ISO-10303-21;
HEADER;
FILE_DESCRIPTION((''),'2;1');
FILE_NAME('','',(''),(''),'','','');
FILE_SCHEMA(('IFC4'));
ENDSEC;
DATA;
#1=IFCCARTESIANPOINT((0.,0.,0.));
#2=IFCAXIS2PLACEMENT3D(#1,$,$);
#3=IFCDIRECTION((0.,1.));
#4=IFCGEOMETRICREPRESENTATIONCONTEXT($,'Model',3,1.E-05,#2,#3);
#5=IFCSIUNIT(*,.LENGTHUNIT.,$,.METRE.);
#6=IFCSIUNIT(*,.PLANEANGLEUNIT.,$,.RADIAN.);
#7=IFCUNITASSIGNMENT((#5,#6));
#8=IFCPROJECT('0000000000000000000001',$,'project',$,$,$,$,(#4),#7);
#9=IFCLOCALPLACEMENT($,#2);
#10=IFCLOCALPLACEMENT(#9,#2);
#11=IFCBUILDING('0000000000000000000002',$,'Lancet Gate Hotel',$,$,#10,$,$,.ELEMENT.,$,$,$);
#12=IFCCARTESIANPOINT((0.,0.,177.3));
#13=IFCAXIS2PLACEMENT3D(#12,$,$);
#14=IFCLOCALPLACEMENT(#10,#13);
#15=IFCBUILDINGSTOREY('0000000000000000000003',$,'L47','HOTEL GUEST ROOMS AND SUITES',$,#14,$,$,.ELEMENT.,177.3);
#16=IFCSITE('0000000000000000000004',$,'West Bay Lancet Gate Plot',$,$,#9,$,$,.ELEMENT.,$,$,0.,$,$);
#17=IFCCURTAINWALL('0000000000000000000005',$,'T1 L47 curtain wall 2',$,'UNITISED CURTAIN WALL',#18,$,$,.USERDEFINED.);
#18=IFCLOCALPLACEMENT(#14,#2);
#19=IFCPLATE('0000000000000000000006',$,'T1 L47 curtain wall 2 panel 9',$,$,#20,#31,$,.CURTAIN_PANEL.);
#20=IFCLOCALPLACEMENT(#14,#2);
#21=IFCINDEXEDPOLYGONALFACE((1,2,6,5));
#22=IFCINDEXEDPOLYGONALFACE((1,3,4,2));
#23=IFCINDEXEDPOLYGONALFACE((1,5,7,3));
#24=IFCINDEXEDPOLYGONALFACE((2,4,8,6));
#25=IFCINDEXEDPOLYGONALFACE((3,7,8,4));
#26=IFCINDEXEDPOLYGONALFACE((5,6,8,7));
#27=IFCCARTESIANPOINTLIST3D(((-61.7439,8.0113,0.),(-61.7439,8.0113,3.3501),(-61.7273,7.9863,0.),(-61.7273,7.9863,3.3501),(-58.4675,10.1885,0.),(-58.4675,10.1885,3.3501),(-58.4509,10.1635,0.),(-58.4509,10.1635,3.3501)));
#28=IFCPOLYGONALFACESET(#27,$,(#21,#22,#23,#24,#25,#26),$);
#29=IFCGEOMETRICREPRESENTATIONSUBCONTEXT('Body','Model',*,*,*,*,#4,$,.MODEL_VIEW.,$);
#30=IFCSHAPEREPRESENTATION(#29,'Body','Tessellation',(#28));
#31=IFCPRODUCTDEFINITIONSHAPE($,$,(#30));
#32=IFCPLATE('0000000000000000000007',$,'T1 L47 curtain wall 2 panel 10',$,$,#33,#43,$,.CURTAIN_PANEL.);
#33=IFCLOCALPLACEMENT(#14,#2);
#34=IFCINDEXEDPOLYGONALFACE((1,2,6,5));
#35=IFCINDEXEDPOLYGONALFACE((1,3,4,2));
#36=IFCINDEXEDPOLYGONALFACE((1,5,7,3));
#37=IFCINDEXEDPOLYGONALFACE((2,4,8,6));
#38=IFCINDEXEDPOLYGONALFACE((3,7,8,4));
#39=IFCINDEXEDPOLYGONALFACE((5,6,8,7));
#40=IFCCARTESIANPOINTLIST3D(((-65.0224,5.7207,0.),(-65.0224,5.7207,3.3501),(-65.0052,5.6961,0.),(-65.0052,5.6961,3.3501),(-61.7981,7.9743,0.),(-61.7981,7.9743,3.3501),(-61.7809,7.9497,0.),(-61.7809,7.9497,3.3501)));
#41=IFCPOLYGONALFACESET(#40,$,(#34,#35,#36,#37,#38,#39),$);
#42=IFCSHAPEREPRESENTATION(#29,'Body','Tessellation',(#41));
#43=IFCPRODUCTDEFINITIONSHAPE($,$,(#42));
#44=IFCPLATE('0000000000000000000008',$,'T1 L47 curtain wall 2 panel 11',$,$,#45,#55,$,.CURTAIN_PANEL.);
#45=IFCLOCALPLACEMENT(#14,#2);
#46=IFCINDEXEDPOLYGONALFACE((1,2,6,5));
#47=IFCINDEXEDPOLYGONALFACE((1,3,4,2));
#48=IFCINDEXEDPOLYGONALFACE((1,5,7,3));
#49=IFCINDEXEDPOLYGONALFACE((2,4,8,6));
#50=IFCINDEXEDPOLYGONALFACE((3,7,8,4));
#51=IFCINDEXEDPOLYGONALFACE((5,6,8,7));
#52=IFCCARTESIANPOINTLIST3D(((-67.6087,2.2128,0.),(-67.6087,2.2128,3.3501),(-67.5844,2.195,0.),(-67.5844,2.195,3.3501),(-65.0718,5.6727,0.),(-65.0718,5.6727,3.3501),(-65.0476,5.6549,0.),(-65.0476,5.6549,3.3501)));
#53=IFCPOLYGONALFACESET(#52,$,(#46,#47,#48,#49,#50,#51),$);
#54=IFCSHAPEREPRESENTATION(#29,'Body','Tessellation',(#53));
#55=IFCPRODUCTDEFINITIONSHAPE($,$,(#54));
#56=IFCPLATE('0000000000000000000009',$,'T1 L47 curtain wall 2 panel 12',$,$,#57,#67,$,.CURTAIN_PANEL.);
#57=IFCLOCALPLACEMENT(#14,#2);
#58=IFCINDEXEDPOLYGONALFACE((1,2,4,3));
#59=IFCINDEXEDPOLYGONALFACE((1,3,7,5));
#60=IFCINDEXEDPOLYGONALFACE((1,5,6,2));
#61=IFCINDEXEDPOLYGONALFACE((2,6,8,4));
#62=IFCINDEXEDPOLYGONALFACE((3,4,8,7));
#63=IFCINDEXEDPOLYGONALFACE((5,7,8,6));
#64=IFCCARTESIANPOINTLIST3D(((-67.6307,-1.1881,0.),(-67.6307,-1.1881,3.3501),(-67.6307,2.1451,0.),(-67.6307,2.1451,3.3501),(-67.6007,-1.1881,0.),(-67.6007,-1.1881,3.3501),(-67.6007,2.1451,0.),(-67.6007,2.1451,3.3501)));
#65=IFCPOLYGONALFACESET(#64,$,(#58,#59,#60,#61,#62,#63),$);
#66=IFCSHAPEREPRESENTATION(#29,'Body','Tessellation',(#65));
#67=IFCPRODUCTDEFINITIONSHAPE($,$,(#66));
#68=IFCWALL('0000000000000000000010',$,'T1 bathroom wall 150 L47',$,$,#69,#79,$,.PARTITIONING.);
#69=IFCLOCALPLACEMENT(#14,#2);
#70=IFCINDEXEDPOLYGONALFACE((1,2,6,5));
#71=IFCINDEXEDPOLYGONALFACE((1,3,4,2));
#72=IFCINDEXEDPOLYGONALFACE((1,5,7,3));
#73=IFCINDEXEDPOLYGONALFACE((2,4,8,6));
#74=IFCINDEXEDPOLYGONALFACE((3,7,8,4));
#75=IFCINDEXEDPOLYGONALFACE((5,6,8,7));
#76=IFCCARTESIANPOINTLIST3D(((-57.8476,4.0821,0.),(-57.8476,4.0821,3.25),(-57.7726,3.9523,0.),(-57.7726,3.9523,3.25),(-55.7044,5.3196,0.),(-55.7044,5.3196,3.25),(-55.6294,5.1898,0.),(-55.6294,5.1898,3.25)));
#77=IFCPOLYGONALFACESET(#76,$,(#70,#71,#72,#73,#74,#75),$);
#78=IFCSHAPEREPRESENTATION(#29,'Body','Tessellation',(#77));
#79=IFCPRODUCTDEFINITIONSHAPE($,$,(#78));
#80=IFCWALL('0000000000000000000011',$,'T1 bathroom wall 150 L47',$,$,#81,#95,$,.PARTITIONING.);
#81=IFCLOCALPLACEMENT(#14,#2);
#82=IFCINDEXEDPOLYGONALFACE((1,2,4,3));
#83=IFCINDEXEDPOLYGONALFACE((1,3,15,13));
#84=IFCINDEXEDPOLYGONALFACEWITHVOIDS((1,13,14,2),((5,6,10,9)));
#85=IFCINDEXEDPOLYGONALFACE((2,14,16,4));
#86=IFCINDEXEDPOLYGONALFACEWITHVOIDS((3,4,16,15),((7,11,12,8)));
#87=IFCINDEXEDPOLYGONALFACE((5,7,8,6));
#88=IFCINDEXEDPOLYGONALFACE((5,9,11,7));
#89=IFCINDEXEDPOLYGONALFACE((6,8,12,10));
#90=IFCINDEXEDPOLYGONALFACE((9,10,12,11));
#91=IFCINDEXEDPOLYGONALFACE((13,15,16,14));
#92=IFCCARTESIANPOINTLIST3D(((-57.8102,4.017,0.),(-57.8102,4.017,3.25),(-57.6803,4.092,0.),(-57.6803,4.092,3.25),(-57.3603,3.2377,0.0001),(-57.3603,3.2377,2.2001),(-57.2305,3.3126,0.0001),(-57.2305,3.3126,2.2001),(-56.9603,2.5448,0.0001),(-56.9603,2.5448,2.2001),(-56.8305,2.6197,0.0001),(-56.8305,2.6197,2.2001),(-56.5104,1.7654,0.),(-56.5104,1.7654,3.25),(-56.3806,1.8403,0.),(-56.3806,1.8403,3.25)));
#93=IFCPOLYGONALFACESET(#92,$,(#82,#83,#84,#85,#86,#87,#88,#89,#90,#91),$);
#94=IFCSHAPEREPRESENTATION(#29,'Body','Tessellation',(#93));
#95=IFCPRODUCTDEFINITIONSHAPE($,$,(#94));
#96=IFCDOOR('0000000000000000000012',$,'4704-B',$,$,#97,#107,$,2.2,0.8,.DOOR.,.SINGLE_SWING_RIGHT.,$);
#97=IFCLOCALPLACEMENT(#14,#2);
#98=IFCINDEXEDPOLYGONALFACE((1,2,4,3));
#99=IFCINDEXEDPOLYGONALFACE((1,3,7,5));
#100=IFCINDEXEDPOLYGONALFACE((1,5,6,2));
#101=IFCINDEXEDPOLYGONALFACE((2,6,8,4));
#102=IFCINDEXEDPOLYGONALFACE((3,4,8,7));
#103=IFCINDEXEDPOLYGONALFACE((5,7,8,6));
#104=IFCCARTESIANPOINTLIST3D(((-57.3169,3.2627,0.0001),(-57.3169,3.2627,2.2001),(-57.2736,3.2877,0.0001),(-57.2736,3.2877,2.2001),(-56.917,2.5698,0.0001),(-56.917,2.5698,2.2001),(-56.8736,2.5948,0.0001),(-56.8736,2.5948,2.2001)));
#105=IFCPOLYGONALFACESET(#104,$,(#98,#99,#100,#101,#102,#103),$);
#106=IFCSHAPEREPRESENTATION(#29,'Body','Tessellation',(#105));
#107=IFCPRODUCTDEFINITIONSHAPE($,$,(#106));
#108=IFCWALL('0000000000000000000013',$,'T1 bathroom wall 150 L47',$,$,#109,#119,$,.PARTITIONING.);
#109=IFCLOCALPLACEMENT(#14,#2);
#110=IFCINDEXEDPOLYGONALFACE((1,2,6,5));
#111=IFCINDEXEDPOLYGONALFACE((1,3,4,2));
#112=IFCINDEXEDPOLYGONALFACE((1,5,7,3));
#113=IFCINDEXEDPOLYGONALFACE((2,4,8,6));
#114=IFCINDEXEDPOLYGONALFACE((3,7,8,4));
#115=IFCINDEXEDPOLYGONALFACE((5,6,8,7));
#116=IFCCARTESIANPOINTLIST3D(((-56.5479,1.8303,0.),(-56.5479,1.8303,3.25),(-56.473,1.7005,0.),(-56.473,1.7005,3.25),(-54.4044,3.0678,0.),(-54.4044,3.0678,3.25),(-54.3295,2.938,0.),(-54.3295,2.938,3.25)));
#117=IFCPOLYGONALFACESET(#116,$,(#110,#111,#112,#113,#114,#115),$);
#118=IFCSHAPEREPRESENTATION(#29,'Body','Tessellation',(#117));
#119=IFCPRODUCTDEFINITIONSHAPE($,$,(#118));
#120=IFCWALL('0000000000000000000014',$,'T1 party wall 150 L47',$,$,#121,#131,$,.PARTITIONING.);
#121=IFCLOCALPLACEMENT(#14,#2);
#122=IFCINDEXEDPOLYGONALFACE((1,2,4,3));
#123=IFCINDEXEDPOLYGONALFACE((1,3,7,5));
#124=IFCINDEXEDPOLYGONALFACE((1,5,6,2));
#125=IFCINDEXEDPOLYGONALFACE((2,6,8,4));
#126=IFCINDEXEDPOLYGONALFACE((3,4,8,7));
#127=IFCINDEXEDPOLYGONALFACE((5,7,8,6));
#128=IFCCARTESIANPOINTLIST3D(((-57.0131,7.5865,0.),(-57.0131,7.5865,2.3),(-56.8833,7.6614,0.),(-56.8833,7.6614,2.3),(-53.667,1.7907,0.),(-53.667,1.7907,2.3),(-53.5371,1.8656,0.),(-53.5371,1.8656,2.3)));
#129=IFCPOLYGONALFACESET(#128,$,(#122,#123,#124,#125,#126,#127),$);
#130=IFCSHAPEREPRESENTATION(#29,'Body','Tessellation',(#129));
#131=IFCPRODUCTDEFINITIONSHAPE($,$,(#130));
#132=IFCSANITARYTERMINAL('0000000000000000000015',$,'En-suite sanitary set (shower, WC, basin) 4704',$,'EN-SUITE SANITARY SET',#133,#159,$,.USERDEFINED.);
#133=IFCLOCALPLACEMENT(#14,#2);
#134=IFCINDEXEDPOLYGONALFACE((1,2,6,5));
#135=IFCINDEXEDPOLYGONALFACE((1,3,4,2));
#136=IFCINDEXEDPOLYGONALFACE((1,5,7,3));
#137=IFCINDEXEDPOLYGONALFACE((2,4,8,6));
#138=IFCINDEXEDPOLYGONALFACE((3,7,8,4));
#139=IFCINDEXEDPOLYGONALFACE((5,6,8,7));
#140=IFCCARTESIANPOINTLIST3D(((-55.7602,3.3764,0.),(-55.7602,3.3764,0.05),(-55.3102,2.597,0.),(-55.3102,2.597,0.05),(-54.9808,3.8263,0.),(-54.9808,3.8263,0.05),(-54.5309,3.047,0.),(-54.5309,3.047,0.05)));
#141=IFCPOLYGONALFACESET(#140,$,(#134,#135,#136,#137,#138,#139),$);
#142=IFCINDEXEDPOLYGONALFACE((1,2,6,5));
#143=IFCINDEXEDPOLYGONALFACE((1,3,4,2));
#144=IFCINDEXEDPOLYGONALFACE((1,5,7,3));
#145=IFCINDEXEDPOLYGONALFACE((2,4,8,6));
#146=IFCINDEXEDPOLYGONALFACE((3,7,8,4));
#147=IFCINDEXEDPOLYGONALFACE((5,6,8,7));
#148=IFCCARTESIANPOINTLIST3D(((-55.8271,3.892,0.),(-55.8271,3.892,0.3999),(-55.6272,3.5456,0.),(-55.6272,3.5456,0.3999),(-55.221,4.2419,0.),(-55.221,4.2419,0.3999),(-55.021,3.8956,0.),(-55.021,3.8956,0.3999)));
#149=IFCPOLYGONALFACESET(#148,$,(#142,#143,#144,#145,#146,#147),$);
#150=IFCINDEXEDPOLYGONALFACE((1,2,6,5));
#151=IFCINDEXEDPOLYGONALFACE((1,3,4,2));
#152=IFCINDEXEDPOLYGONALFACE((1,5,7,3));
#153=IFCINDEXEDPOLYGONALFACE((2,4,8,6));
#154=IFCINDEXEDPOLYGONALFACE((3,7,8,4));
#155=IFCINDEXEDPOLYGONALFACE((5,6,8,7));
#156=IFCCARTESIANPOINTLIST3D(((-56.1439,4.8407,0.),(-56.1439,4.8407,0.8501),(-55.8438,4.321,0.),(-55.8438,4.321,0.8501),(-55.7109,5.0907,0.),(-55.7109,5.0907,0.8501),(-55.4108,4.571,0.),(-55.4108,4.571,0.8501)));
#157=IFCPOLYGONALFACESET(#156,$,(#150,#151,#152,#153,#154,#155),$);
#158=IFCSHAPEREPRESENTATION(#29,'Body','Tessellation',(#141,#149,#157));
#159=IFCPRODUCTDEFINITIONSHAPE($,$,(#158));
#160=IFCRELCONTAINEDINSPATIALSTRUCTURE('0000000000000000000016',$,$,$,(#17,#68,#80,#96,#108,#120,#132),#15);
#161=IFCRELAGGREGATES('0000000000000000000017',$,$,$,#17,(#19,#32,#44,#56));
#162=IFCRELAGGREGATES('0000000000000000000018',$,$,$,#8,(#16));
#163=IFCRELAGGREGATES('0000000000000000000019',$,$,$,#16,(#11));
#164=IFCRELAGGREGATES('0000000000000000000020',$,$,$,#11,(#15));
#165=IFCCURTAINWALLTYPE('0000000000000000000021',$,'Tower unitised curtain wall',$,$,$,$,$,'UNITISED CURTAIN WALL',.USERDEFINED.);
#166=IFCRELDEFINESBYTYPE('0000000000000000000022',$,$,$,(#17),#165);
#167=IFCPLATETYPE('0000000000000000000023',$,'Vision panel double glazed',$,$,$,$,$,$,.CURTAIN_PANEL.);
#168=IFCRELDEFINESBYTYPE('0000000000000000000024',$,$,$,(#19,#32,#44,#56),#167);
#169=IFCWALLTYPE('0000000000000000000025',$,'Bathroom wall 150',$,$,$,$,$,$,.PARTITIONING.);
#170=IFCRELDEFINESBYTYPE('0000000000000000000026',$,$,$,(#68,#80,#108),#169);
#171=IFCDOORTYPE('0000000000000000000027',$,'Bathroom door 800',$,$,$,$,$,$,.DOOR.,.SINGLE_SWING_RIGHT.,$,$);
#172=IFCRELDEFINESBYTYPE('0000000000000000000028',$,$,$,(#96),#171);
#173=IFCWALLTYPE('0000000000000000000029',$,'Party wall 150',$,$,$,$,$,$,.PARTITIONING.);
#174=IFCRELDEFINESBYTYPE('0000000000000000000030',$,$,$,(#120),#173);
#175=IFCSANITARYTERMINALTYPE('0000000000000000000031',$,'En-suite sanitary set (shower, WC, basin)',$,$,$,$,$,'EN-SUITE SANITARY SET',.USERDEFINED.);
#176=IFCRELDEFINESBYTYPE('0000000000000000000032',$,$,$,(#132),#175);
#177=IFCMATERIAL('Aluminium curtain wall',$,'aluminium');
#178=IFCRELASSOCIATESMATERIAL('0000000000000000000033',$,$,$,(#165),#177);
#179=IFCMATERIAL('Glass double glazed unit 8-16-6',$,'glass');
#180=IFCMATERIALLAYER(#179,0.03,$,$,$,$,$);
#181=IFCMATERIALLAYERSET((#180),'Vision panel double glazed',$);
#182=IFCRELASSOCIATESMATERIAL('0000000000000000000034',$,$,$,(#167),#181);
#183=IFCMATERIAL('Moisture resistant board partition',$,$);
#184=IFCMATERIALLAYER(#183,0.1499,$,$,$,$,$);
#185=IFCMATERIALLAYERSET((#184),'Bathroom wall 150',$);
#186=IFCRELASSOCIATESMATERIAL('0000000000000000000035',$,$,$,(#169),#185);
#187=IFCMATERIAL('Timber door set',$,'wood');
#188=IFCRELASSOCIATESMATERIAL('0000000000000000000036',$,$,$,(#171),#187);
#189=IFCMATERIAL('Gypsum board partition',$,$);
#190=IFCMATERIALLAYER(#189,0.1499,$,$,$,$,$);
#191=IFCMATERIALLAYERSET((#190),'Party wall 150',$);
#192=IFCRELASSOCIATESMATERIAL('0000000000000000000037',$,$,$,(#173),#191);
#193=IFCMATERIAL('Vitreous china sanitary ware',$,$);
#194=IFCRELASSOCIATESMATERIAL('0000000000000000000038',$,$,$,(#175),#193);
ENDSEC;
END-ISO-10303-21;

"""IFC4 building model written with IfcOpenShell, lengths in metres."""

from ifc_helpers import new_model, si_unit, direction, frame, frame_2d, origin, origin_2d, place, context, subcontext, project, spatial, rectangle, extrude, material, layer, layer_set, type_object, element, fill, aggregate, save


model = new_model("IFC4")

# Units and contexts
model_context = context("Model", 3, precision=1e-05, world=origin(), true_north=direction((0.0, 1.0)))
body_context = subcontext(model_context, "Body", "Model", "MODEL_VIEW")
ifc_project = project(units=[si_unit("LENGTHUNIT", "METRE"), si_unit("PLANEANGLEUNIT", "RADIAN")], contexts=[model_context])

# Site, building, storey
site_placement = place(None, origin())
site = spatial("IfcSite", under=ifc_project, at=site_placement, Name="West Bay Lancet Gate Plot", CompositionType="ELEMENT", RefElevation=0.0)
building_placement = place(site_placement, origin())
building = spatial("IfcBuilding", under=site, at=building_placement, Name="Lancet Gate Hotel", CompositionType="ELEMENT")
storey_placement = place(building_placement, frame((0.0, 0.0, 177.3)))
storey = spatial("IfcBuildingStorey", under=building, at=storey_placement, Name="L47", Description="HOTEL GUEST ROOMS AND SUITES", CompositionType="ELEMENT", Elevation=177.3)

# Curtain wall
ifc_material_1 = material(Name="Aluminium curtain wall", Category="aluminium")
curtain_wall_type = type_object("IfcCurtainWallType", Name="Tower unitised curtain wall", ElementType="UNITISED CURTAIN WALL", PredefinedType="USERDEFINED", material=ifc_material_1)
curtain_wall_placement = place(storey_placement, origin())
curtain_wall = element("IfcCurtainWall", 1, at=curtain_wall_placement, inside=storey, type_object=curtain_wall_type, Name="T1 L47 curtain wall 2", ObjectType="UNITISED CURTAIN WALL", PredefinedType="USERDEFINED")

# Plates
ifc_material_2 = material(Name="Glass double glazed unit 8-16-6", Category="glass")
ifc_layer_1 = layer(ifc_material_2, 0.03)
ifc_layer_set_1 = layer_set([ifc_layer_1], Name="Vision panel double glazed")
plate_type = type_object("IfcPlateType", Name="Vision panel double glazed", PredefinedType="CURTAIN_PANEL", material=ifc_layer_set_1)
plate_1_placement = place(storey_placement, frame((-60.0974, 9.0874, 0.0), z_axis=(0.0, 0.0, 1.0), x_axis=(-0.832879, -0.553455, 0.0)))
plate_1 = element("IfcPlate", 2, at=plate_1_placement, type_object=plate_type, Name="T1 L47 curtain wall 2 panel 9", PredefinedType="CURTAIN_PANEL", context=body_context, shape_type="SweptSolid", body=[
    extrude(rectangle(XDim=3.9338, YDim=0.03, at=origin_2d()), origin(), (0.0, 0.0, 1.0), 3.3501),
])
plate_2_placement = place(storey_placement, frame((-63.4016, 6.8352, 0.0), z_axis=(0.0, 0.0, 1.0), x_axis=(-0.819631, -0.572892, 0.0)))
plate_2 = element("IfcPlate", 3, at=plate_2_placement, type_object=plate_type, Name="T1 L47 curtain wall 2 panel 10", PredefinedType="CURTAIN_PANEL", context=body_context, shape_type="SweptSolid", body=[
    extrude(rectangle(XDim=3.9338, YDim=0.03, at=origin_2d()), origin(), (0.0, 0.0, 1.0), 3.3501),
])
plate_3_placement = place(storey_placement, frame((-66.3281, 3.9338, 0.0), z_axis=(0.0, 0.0, 1.0), x_axis=(-0.5913, -0.806452, 0.0)))
plate_3 = element("IfcPlate", 4, at=plate_3_placement, type_object=plate_type, Name="T1 L47 curtain wall 2 panel 11", PredefinedType="CURTAIN_PANEL", context=body_context, shape_type="SweptSolid", body=[
    extrude(rectangle(XDim=4.2903, YDim=0.03, at=origin_2d()), origin(), (0.0, 0.0, 1.0), 3.3501),
])
plate_4_placement = place(storey_placement, frame((-67.6157, 0.4785, 0.0), z_axis=(0.0, 0.0, 1.0), x_axis=(0.0, -1.0, 0.0)))
plate_4 = element("IfcPlate", 5, at=plate_4_placement, type_object=plate_type, Name="T1 L47 curtain wall 2 panel 12", PredefinedType="CURTAIN_PANEL", context=body_context, shape_type="SweptSolid", body=[
    extrude(rectangle(XDim=3.3333, YDim=0.03, at=origin_2d()), origin(), (0.0, 0.0, 1.0), 3.3501),
])
aggregate(curtain_wall, [plate_1, plate_2, plate_3, plate_4])

# Wall
ifc_material_3 = material(Name="Moisture resistant board partition")
ifc_layer_2 = layer(ifc_material_3, 0.1499)
ifc_layer_set_2 = layer_set([ifc_layer_2], Name="Bathroom wall 150")
wall_type_1 = type_object("IfcWallType", Name="Bathroom wall 150", PredefinedType="PARTITIONING", material=ifc_layer_set_2)
wall_1_placement = place(storey_placement, frame((-55.667, 5.2546, 0.0), z_axis=(0.0, 0.0, 1.0), x_axis=(-0.866007, -0.500033, 0.0)))
element("IfcWall", 6, at=wall_1_placement, inside=storey, type_object=wall_type_1, Name="T1 bathroom wall 150 L47", PredefinedType="PARTITIONING", context=body_context, shape_type="SweptSolid", body=[
    extrude(rectangle(XDim=2.4749, YDim=0.1499, at=frame_2d((1.2373, 0.0))), origin(), (0.0, 0.0, 1.0), 3.25),
])

# Wall, opening, door
wall_2_placement = place(storey_placement, frame((-56.4456, 1.803, 0.0), z_axis=(0.0, 0.0, 1.0), x_axis=(-0.499937, 0.866062, 0.0)))
wall_2 = element("IfcWall", 7, at=wall_2_placement, inside=storey, type_object=wall_type_1, Name="T1 bathroom wall 150 L47", PredefinedType="PARTITIONING", context=body_context, shape_type="SweptSolid", body=[
    extrude(rectangle(XDim=2.5999, YDim=0.1499, at=frame_2d((1.2998, 0.0))), origin(), (0.0, 0.0, 1.0), 3.25),
])
opening_placement = place(wall_2_placement, frame((0.8999, 0.0, 0.0)))
opening = element("IfcOpeningElement", 8, at=opening_placement, cuts=wall_2, PredefinedType="OPENING", context=body_context, shape_type="SweptSolid", body=[
    extrude(rectangle(XDim=0.8, YDim=2.2, at=frame_2d((0.3999, 1.1001))), frame((0.0, 0.085, 0.0), z_axis=(0.0, -1.0, 0.0), x_axis=(1.0, 0.0, 0.0)), (0.0, 0.0, 1.0), 0.1699),
])
ifc_material_4 = material(Name="Timber door set", Category="wood")
door_type = type_object("IfcDoorType", Name="Bathroom door 800", OperationType="SINGLE_SWING_RIGHT", PredefinedType="DOOR", material=ifc_material_4)
door_placement = place(opening_placement, origin())
door = element("IfcDoor", 9, at=door_placement, inside=storey, type_object=door_type, Name="4704-B", OperationType="SINGLE_SWING_RIGHT", OverallHeight=2.2, OverallWidth=0.8, PredefinedType="DOOR", context=body_context, shape_type="SweptSolid", body=[
    extrude(rectangle(XDim=0.8, YDim=2.2, at=frame_2d((0.3999, 1.1001))), frame((0.0, 0.0249, 0.0), z_axis=(0.0, -1.0, 0.0), x_axis=(1.0, 0.0, 0.0)), (0.0, 0.0, 1.0), 0.05),
])
fill(opening, door)

# Walls
wall_3_placement = place(storey_placement, frame((-54.3669, 3.0029, 0.0), z_axis=(0.0, 0.0, 1.0), x_axis=(-0.866031, -0.49999, 0.0)))
element("IfcWall", 10, at=wall_3_placement, inside=storey, type_object=wall_type_1, Name="T1 bathroom wall 150 L47", PredefinedType="PARTITIONING", context=body_context, shape_type="SweptSolid", body=[
    extrude(rectangle(XDim=2.4751, YDim=0.1499, at=frame_2d((1.2375, 0.0))), origin(), (0.0, 0.0, 1.0), 3.25),
])
ifc_material_5 = material(Name="Gypsum board partition")
ifc_layer_3 = layer(ifc_material_5, 0.1499)
ifc_layer_set_3 = layer_set([ifc_layer_3], Name="Party wall 150")
wall_type_2 = type_object("IfcWallType", Name="Party wall 150", PredefinedType="PARTITIONING", material=ifc_layer_set_3)
wall_4_placement = place(storey_placement, frame((-53.6021, 1.8281, 0.0), z_axis=(0.0, 0.0, 1.0), x_axis=(-0.499992, 0.86603, 0.0)))
element("IfcWall", 11, at=wall_4_placement, inside=storey, type_object=wall_type_2, Name="T1 party wall 150 L47", PredefinedType="PARTITIONING", context=body_context, shape_type="SweptSolid", body=[
    extrude(rectangle(XDim=6.6924, YDim=0.1499, at=frame_2d((3.3462, 0.0))), origin(), (0.0, 0.0, 1.0), 2.3),
])

# Sanitary terminal
ifc_material_6 = material(Name="Vitreous china sanitary ware")
sanitary_terminal_type = type_object("IfcSanitaryTerminalType", Name="En-suite sanitary set (shower, WC, basin)", ElementType="EN-SUITE SANITARY SET", PredefinedType="USERDEFINED", material=ifc_material_6)
sanitary_terminal_placement = place(storey_placement, frame((-55.1455, 3.2117, 0.0), z_axis=(0.0, 0.0, 1.0), x_axis=(1.0, 0.0, 0.0)))
element("IfcSanitaryTerminal", 12, at=sanitary_terminal_placement, inside=storey, type_object=sanitary_terminal_type, Name="En-suite sanitary set (shower, WC, basin) 4704", ObjectType="EN-SUITE SANITARY SET", PredefinedType="USERDEFINED", context=body_context, shape_type="SweptSolid", body=[
    extrude(rectangle(XDim=0.8999, YDim=0.8999, at=origin_2d()), frame((0.0, 0.0, 0.0), z_axis=(0.0, 0.0, 1.0), x_axis=(0.5, -0.866025, 0.0)), (0.0, 0.0, 1.0), 0.05),
    extrude(rectangle(XDim=0.3999, YDim=0.7, at=origin_2d()), frame((-0.2786, 0.6821, 0.0), z_axis=(0.0, 0.0, 1.0), x_axis=(0.5, -0.866025, 0.0)), (0.0, 0.0, 1.0), 0.3999),
    extrude(rectangle(XDim=0.6001, YDim=0.5, at=origin_2d()), frame((-0.6318, 1.4941, 0.0), z_axis=(0.0, 0.0, 1.0), x_axis=(0.5, -0.866025, 0.0)), (0.0, 0.0, 1.0), 0.8501),
])

save(model, "model.ifc")
